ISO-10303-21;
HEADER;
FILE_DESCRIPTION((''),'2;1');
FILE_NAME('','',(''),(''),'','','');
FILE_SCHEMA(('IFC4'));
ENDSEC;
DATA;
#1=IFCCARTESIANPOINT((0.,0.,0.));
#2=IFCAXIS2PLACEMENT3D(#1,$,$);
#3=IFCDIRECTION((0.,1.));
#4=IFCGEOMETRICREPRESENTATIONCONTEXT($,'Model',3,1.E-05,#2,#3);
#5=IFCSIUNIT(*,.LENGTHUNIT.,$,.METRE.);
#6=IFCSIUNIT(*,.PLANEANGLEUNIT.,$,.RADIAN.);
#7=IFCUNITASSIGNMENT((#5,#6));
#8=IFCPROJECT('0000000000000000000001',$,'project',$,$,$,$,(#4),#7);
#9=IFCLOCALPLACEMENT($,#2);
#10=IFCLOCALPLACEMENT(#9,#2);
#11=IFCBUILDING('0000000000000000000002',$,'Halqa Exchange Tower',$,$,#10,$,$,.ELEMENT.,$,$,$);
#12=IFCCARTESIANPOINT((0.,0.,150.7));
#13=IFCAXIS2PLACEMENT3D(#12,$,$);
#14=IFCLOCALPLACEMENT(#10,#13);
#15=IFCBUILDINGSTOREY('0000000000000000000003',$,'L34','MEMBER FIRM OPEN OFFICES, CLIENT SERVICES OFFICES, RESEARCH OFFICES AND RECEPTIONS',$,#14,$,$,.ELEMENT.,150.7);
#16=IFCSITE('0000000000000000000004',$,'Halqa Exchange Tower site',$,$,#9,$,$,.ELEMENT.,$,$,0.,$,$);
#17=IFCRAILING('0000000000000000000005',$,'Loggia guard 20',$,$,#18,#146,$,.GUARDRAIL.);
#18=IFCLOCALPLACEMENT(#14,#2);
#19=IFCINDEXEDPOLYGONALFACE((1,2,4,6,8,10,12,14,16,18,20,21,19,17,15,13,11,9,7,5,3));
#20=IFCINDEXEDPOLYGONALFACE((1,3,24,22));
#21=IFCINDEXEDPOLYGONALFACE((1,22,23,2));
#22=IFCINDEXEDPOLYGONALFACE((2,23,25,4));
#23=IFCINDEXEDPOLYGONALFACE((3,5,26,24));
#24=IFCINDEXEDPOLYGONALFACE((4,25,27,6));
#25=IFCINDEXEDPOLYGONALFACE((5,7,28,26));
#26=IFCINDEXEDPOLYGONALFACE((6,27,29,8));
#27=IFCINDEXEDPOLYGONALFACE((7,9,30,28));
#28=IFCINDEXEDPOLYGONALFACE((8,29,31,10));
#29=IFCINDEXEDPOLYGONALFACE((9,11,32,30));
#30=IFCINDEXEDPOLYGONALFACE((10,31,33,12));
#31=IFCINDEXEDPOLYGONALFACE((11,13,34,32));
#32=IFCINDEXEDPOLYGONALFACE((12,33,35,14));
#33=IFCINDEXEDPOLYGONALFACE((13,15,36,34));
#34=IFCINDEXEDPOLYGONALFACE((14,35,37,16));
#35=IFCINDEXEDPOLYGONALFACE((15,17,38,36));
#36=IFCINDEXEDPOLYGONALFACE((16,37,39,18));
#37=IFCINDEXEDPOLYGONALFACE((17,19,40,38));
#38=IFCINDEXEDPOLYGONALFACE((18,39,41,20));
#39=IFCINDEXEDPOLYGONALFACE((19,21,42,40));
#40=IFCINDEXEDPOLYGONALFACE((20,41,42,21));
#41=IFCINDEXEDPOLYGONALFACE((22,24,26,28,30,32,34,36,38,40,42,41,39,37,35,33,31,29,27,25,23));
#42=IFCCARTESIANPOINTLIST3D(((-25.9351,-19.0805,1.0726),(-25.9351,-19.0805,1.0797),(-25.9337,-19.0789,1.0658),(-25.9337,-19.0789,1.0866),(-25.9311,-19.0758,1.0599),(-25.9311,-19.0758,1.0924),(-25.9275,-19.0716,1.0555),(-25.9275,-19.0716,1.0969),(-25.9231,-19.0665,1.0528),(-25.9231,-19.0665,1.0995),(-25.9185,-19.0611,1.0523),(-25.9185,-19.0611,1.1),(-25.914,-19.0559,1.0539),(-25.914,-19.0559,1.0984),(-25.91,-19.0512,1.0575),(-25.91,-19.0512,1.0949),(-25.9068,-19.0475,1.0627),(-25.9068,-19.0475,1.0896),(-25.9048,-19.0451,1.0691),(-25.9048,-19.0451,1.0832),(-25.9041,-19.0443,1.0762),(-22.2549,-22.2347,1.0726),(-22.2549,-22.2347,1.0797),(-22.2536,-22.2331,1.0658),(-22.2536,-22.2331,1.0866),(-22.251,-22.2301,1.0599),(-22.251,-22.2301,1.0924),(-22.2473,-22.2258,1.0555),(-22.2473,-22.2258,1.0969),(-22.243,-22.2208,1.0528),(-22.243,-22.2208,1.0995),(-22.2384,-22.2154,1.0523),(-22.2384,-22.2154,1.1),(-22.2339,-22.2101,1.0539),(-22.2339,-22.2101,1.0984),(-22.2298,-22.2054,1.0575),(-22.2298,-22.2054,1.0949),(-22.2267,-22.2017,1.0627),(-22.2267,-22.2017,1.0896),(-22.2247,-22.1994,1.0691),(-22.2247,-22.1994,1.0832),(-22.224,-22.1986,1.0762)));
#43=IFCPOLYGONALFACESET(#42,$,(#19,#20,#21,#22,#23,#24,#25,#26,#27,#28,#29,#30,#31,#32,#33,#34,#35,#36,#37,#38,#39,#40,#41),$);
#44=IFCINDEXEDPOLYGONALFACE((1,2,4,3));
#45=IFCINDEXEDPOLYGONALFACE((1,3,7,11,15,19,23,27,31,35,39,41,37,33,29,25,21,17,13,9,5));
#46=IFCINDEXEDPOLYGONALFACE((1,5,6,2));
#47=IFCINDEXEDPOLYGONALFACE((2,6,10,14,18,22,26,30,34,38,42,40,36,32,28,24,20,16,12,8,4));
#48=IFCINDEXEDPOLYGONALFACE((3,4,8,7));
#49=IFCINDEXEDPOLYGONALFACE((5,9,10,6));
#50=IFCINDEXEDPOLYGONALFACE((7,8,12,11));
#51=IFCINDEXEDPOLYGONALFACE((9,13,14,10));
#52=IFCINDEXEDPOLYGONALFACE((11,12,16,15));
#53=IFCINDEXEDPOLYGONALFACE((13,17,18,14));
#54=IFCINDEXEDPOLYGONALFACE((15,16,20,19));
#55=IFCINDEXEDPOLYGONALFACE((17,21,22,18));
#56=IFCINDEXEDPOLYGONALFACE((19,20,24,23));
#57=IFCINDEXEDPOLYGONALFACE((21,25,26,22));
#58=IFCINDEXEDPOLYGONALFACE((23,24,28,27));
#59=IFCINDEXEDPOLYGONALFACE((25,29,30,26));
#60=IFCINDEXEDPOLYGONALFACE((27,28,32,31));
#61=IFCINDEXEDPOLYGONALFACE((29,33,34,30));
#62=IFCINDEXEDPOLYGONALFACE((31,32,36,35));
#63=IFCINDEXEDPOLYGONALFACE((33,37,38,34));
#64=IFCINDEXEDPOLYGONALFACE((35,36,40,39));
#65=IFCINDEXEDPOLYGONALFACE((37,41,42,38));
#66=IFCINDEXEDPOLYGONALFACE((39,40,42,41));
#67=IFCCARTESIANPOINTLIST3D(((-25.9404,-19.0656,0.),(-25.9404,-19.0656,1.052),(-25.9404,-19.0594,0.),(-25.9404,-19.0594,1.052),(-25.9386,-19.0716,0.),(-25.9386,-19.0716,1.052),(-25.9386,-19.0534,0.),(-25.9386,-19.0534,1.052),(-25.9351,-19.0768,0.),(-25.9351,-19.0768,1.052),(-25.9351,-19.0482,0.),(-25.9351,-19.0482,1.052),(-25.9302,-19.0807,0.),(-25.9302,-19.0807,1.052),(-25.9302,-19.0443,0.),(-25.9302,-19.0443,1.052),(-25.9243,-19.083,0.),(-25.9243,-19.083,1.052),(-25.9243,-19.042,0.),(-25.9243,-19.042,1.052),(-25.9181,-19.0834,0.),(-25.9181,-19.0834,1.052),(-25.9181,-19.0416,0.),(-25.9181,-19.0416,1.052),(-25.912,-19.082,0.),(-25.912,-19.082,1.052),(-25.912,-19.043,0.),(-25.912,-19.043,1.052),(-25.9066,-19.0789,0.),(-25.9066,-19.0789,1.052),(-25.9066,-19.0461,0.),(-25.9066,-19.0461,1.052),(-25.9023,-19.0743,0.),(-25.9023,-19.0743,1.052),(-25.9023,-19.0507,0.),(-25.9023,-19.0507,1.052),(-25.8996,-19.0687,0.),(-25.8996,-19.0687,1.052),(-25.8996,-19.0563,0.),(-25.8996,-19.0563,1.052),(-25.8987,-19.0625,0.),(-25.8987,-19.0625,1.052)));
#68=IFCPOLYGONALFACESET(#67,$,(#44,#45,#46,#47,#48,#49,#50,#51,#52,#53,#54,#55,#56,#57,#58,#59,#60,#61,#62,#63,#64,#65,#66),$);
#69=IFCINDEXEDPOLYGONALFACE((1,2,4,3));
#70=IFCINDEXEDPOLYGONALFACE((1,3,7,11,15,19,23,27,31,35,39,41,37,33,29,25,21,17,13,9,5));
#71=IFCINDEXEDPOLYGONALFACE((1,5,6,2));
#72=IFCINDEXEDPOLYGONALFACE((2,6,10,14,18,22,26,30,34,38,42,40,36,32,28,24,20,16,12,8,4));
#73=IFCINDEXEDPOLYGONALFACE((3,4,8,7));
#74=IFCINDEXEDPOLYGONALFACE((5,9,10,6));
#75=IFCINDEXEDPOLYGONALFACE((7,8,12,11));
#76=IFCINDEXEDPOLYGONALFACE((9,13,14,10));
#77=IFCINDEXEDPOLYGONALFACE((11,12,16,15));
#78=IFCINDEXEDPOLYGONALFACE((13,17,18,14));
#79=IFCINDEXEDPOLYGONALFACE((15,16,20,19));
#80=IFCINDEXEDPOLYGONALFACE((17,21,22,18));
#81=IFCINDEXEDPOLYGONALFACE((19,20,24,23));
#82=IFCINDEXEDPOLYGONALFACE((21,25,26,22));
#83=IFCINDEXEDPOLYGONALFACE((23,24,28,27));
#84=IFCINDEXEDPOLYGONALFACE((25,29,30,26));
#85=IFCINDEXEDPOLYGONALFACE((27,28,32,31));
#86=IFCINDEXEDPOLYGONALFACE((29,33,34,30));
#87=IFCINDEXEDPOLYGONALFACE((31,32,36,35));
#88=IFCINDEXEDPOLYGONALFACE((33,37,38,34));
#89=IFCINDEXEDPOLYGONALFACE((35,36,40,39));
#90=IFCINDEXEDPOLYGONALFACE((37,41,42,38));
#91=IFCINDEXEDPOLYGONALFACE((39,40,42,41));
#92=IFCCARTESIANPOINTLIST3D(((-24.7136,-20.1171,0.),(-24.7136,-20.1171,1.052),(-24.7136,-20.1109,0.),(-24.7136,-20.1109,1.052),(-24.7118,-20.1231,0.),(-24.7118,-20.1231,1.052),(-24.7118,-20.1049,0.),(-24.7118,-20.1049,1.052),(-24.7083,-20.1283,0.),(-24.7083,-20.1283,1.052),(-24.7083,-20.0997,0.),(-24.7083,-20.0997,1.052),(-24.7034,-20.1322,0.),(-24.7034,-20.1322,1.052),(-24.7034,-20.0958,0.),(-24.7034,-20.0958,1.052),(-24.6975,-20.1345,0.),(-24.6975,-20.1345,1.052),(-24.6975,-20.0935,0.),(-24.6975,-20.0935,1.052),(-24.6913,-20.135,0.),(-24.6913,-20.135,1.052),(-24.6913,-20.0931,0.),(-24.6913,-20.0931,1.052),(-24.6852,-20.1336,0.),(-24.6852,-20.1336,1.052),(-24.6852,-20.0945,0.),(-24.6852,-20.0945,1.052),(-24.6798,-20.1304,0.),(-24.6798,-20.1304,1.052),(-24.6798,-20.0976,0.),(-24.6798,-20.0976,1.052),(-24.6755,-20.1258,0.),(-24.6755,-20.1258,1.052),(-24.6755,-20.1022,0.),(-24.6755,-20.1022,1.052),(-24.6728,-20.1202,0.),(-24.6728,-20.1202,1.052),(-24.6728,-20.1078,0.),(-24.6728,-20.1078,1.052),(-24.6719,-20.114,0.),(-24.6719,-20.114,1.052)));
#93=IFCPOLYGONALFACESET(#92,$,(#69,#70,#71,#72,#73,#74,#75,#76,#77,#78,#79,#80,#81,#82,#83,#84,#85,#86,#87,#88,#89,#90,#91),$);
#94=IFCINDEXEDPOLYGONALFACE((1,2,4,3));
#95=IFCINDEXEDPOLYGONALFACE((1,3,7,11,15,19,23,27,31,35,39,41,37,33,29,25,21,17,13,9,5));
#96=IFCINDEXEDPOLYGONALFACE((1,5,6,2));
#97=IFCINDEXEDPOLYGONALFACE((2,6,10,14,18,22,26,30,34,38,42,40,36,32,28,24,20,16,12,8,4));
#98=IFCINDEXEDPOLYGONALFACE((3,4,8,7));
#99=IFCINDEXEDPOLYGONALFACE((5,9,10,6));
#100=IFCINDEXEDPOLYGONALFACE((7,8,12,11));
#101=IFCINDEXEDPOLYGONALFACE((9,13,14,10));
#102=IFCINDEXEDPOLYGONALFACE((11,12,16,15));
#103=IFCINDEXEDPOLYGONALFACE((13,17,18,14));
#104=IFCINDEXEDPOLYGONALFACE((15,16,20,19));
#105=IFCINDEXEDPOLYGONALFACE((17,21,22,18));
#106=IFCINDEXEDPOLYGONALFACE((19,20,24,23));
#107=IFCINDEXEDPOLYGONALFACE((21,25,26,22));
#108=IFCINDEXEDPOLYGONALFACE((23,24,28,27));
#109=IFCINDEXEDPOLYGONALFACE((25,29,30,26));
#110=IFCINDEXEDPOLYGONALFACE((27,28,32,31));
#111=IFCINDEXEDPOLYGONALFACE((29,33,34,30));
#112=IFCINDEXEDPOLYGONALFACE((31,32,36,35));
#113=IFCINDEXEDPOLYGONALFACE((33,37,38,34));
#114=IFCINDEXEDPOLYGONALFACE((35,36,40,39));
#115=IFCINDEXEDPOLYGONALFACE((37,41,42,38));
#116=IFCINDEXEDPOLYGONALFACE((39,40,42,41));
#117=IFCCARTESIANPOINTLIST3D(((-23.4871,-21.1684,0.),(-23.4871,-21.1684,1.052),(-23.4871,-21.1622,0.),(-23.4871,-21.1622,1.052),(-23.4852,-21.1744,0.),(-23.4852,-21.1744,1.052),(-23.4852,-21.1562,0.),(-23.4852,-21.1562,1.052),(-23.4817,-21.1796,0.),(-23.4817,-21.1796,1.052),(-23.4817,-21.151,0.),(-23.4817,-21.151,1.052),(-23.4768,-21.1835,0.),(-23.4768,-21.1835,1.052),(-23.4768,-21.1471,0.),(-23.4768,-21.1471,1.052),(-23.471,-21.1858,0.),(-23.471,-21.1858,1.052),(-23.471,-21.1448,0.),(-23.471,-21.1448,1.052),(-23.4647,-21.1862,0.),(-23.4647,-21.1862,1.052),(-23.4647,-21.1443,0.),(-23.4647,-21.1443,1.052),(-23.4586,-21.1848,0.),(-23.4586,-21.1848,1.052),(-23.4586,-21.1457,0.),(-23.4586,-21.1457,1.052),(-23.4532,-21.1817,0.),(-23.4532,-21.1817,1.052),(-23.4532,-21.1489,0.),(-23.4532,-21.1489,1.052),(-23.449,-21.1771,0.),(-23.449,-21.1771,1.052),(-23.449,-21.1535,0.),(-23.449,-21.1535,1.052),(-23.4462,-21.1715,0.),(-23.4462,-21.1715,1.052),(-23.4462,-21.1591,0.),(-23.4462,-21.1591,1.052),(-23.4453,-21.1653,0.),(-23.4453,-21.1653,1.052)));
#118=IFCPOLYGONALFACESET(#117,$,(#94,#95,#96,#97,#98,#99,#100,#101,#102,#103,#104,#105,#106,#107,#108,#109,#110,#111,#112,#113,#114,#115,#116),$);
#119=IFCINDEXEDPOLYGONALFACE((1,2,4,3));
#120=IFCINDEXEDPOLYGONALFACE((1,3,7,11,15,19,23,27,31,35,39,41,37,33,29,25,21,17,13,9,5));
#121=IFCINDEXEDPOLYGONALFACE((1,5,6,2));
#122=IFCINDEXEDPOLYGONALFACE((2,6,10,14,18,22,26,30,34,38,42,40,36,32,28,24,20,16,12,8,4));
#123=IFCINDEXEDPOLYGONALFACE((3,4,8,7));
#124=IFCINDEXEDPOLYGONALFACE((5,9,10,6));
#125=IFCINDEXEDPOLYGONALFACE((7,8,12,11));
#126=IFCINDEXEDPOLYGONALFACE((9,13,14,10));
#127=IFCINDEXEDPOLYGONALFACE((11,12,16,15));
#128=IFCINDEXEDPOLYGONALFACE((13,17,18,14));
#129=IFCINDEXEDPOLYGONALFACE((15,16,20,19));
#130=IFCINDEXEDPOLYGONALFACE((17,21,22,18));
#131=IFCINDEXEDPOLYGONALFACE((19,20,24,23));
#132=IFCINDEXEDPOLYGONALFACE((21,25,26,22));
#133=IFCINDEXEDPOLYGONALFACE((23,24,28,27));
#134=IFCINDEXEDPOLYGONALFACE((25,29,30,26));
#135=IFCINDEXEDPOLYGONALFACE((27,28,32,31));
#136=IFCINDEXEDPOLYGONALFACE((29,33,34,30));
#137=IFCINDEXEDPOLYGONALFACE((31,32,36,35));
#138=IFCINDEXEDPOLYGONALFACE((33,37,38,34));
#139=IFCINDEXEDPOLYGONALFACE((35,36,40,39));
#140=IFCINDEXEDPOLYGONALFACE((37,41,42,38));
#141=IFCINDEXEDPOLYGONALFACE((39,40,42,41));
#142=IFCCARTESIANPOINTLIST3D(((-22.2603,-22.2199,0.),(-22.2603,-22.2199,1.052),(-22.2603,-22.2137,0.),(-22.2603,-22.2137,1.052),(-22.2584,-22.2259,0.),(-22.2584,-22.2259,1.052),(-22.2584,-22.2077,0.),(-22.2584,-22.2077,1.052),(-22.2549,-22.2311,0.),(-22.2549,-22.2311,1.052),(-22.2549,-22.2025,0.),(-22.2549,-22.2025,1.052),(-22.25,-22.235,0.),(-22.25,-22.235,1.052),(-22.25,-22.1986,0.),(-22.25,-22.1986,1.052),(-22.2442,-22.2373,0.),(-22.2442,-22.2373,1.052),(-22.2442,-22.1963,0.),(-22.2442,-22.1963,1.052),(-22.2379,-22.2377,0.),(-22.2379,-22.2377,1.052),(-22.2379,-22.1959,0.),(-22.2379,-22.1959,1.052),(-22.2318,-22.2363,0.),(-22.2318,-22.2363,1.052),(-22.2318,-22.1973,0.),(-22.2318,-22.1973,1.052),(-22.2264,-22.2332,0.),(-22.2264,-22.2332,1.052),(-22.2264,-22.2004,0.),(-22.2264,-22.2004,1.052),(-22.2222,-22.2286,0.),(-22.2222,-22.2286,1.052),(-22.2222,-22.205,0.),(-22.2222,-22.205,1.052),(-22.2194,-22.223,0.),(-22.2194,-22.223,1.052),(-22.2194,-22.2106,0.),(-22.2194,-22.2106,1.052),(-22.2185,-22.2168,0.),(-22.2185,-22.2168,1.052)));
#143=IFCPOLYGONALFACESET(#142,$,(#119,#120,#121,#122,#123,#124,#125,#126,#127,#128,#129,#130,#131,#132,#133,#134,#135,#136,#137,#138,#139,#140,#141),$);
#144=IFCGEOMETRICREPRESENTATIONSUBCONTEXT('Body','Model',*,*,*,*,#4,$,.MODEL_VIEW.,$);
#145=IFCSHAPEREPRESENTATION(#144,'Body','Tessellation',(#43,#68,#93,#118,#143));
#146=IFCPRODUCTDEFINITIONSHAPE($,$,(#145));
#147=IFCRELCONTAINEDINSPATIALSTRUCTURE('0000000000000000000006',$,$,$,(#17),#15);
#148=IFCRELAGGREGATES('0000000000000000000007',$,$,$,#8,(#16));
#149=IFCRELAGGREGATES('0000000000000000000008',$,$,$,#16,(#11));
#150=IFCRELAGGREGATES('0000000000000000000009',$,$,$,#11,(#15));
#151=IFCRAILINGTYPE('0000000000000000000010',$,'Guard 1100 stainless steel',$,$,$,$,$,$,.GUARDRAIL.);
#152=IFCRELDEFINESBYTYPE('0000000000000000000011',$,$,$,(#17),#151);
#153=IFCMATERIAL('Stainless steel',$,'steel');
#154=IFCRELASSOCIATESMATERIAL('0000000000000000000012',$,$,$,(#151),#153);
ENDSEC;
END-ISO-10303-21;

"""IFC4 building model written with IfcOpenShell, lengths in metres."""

from ifc_helpers import new_model, si_unit, direction, frame, origin, origin_2d, place, context, subcontext, project, spatial, circle, extrude, material, type_object, element, save


model = new_model("IFC4")

# Units and contexts
model_context = context("Model", 3, precision=1e-05, world=origin(), true_north=direction((0.0, 1.0)))
body_context = subcontext(model_context, "Body", "Model", "MODEL_VIEW")
ifc_project = project(units=[si_unit("LENGTHUNIT", "METRE"), si_unit("PLANEANGLEUNIT", "RADIAN")], contexts=[model_context])

# Site, building, storey
site_placement = place(None, origin())
site = spatial("IfcSite", under=ifc_project, at=site_placement, Name="Halqa Exchange Tower site", CompositionType="ELEMENT", RefElevation=0.0)
building_placement = place(site_placement, origin())
building = spatial("IfcBuilding", under=site, at=building_placement, Name="Halqa Exchange Tower", CompositionType="ELEMENT")
storey_placement = place(building_placement, frame((0.0, 0.0, 150.7)))
storey = spatial("IfcBuildingStorey", under=building, at=storey_placement, Name="L34", Description="MEMBER FIRM OPEN OFFICES, CLIENT SERVICES OFFICES, RESEARCH OFFICES AND RECEPTIONS", CompositionType="ELEMENT", Elevation=150.7)

# Railing
ifc_material_1 = material(Name="Stainless steel", Category="steel")
railing_type = type_object("IfcRailingType", Name="Guard 1100 stainless steel", PredefinedType="GUARDRAIL", material=ifc_material_1)
railing_1_placement = place(storey_placement, frame((-25.9197, -19.0625, 0.0)))
element("IfcRailing", 1, at=railing_1_placement, inside=storey, type_object=railing_type, Name="Loggia guard 20", PredefinedType="GUARDRAIL", context=body_context, shape_type="SweptSolid", body=[
    extrude(circle(Radius=0.0239, at=origin_2d()), frame((0.0, 0.0, 1.0762), z_axis=(0.759271, -0.650775, 0.0), x_axis=(0.650775, 0.759271, 0.0)), (0.0, 0.0, 1.0), 4.8469),
    extrude(circle(Radius=0.021, at=origin_2d()), origin(), (0.0, 0.0, 1.0), 1.052),
    extrude(circle(Radius=0.021, at=origin_2d()), frame((1.2268, -1.0515, 0.0)), (0.0, 0.0, 1.0), 1.052),
    extrude(circle(Radius=0.021, at=origin_2d()), frame((2.4534, -2.1028, 0.0)), (0.0, 0.0, 1.0), 1.052),
    extrude(circle(Radius=0.021, at=origin_2d()), frame((3.6802, -3.1543, 0.0)), (0.0, 0.0, 1.0), 1.052),
])

save(model, "model.ifc")
